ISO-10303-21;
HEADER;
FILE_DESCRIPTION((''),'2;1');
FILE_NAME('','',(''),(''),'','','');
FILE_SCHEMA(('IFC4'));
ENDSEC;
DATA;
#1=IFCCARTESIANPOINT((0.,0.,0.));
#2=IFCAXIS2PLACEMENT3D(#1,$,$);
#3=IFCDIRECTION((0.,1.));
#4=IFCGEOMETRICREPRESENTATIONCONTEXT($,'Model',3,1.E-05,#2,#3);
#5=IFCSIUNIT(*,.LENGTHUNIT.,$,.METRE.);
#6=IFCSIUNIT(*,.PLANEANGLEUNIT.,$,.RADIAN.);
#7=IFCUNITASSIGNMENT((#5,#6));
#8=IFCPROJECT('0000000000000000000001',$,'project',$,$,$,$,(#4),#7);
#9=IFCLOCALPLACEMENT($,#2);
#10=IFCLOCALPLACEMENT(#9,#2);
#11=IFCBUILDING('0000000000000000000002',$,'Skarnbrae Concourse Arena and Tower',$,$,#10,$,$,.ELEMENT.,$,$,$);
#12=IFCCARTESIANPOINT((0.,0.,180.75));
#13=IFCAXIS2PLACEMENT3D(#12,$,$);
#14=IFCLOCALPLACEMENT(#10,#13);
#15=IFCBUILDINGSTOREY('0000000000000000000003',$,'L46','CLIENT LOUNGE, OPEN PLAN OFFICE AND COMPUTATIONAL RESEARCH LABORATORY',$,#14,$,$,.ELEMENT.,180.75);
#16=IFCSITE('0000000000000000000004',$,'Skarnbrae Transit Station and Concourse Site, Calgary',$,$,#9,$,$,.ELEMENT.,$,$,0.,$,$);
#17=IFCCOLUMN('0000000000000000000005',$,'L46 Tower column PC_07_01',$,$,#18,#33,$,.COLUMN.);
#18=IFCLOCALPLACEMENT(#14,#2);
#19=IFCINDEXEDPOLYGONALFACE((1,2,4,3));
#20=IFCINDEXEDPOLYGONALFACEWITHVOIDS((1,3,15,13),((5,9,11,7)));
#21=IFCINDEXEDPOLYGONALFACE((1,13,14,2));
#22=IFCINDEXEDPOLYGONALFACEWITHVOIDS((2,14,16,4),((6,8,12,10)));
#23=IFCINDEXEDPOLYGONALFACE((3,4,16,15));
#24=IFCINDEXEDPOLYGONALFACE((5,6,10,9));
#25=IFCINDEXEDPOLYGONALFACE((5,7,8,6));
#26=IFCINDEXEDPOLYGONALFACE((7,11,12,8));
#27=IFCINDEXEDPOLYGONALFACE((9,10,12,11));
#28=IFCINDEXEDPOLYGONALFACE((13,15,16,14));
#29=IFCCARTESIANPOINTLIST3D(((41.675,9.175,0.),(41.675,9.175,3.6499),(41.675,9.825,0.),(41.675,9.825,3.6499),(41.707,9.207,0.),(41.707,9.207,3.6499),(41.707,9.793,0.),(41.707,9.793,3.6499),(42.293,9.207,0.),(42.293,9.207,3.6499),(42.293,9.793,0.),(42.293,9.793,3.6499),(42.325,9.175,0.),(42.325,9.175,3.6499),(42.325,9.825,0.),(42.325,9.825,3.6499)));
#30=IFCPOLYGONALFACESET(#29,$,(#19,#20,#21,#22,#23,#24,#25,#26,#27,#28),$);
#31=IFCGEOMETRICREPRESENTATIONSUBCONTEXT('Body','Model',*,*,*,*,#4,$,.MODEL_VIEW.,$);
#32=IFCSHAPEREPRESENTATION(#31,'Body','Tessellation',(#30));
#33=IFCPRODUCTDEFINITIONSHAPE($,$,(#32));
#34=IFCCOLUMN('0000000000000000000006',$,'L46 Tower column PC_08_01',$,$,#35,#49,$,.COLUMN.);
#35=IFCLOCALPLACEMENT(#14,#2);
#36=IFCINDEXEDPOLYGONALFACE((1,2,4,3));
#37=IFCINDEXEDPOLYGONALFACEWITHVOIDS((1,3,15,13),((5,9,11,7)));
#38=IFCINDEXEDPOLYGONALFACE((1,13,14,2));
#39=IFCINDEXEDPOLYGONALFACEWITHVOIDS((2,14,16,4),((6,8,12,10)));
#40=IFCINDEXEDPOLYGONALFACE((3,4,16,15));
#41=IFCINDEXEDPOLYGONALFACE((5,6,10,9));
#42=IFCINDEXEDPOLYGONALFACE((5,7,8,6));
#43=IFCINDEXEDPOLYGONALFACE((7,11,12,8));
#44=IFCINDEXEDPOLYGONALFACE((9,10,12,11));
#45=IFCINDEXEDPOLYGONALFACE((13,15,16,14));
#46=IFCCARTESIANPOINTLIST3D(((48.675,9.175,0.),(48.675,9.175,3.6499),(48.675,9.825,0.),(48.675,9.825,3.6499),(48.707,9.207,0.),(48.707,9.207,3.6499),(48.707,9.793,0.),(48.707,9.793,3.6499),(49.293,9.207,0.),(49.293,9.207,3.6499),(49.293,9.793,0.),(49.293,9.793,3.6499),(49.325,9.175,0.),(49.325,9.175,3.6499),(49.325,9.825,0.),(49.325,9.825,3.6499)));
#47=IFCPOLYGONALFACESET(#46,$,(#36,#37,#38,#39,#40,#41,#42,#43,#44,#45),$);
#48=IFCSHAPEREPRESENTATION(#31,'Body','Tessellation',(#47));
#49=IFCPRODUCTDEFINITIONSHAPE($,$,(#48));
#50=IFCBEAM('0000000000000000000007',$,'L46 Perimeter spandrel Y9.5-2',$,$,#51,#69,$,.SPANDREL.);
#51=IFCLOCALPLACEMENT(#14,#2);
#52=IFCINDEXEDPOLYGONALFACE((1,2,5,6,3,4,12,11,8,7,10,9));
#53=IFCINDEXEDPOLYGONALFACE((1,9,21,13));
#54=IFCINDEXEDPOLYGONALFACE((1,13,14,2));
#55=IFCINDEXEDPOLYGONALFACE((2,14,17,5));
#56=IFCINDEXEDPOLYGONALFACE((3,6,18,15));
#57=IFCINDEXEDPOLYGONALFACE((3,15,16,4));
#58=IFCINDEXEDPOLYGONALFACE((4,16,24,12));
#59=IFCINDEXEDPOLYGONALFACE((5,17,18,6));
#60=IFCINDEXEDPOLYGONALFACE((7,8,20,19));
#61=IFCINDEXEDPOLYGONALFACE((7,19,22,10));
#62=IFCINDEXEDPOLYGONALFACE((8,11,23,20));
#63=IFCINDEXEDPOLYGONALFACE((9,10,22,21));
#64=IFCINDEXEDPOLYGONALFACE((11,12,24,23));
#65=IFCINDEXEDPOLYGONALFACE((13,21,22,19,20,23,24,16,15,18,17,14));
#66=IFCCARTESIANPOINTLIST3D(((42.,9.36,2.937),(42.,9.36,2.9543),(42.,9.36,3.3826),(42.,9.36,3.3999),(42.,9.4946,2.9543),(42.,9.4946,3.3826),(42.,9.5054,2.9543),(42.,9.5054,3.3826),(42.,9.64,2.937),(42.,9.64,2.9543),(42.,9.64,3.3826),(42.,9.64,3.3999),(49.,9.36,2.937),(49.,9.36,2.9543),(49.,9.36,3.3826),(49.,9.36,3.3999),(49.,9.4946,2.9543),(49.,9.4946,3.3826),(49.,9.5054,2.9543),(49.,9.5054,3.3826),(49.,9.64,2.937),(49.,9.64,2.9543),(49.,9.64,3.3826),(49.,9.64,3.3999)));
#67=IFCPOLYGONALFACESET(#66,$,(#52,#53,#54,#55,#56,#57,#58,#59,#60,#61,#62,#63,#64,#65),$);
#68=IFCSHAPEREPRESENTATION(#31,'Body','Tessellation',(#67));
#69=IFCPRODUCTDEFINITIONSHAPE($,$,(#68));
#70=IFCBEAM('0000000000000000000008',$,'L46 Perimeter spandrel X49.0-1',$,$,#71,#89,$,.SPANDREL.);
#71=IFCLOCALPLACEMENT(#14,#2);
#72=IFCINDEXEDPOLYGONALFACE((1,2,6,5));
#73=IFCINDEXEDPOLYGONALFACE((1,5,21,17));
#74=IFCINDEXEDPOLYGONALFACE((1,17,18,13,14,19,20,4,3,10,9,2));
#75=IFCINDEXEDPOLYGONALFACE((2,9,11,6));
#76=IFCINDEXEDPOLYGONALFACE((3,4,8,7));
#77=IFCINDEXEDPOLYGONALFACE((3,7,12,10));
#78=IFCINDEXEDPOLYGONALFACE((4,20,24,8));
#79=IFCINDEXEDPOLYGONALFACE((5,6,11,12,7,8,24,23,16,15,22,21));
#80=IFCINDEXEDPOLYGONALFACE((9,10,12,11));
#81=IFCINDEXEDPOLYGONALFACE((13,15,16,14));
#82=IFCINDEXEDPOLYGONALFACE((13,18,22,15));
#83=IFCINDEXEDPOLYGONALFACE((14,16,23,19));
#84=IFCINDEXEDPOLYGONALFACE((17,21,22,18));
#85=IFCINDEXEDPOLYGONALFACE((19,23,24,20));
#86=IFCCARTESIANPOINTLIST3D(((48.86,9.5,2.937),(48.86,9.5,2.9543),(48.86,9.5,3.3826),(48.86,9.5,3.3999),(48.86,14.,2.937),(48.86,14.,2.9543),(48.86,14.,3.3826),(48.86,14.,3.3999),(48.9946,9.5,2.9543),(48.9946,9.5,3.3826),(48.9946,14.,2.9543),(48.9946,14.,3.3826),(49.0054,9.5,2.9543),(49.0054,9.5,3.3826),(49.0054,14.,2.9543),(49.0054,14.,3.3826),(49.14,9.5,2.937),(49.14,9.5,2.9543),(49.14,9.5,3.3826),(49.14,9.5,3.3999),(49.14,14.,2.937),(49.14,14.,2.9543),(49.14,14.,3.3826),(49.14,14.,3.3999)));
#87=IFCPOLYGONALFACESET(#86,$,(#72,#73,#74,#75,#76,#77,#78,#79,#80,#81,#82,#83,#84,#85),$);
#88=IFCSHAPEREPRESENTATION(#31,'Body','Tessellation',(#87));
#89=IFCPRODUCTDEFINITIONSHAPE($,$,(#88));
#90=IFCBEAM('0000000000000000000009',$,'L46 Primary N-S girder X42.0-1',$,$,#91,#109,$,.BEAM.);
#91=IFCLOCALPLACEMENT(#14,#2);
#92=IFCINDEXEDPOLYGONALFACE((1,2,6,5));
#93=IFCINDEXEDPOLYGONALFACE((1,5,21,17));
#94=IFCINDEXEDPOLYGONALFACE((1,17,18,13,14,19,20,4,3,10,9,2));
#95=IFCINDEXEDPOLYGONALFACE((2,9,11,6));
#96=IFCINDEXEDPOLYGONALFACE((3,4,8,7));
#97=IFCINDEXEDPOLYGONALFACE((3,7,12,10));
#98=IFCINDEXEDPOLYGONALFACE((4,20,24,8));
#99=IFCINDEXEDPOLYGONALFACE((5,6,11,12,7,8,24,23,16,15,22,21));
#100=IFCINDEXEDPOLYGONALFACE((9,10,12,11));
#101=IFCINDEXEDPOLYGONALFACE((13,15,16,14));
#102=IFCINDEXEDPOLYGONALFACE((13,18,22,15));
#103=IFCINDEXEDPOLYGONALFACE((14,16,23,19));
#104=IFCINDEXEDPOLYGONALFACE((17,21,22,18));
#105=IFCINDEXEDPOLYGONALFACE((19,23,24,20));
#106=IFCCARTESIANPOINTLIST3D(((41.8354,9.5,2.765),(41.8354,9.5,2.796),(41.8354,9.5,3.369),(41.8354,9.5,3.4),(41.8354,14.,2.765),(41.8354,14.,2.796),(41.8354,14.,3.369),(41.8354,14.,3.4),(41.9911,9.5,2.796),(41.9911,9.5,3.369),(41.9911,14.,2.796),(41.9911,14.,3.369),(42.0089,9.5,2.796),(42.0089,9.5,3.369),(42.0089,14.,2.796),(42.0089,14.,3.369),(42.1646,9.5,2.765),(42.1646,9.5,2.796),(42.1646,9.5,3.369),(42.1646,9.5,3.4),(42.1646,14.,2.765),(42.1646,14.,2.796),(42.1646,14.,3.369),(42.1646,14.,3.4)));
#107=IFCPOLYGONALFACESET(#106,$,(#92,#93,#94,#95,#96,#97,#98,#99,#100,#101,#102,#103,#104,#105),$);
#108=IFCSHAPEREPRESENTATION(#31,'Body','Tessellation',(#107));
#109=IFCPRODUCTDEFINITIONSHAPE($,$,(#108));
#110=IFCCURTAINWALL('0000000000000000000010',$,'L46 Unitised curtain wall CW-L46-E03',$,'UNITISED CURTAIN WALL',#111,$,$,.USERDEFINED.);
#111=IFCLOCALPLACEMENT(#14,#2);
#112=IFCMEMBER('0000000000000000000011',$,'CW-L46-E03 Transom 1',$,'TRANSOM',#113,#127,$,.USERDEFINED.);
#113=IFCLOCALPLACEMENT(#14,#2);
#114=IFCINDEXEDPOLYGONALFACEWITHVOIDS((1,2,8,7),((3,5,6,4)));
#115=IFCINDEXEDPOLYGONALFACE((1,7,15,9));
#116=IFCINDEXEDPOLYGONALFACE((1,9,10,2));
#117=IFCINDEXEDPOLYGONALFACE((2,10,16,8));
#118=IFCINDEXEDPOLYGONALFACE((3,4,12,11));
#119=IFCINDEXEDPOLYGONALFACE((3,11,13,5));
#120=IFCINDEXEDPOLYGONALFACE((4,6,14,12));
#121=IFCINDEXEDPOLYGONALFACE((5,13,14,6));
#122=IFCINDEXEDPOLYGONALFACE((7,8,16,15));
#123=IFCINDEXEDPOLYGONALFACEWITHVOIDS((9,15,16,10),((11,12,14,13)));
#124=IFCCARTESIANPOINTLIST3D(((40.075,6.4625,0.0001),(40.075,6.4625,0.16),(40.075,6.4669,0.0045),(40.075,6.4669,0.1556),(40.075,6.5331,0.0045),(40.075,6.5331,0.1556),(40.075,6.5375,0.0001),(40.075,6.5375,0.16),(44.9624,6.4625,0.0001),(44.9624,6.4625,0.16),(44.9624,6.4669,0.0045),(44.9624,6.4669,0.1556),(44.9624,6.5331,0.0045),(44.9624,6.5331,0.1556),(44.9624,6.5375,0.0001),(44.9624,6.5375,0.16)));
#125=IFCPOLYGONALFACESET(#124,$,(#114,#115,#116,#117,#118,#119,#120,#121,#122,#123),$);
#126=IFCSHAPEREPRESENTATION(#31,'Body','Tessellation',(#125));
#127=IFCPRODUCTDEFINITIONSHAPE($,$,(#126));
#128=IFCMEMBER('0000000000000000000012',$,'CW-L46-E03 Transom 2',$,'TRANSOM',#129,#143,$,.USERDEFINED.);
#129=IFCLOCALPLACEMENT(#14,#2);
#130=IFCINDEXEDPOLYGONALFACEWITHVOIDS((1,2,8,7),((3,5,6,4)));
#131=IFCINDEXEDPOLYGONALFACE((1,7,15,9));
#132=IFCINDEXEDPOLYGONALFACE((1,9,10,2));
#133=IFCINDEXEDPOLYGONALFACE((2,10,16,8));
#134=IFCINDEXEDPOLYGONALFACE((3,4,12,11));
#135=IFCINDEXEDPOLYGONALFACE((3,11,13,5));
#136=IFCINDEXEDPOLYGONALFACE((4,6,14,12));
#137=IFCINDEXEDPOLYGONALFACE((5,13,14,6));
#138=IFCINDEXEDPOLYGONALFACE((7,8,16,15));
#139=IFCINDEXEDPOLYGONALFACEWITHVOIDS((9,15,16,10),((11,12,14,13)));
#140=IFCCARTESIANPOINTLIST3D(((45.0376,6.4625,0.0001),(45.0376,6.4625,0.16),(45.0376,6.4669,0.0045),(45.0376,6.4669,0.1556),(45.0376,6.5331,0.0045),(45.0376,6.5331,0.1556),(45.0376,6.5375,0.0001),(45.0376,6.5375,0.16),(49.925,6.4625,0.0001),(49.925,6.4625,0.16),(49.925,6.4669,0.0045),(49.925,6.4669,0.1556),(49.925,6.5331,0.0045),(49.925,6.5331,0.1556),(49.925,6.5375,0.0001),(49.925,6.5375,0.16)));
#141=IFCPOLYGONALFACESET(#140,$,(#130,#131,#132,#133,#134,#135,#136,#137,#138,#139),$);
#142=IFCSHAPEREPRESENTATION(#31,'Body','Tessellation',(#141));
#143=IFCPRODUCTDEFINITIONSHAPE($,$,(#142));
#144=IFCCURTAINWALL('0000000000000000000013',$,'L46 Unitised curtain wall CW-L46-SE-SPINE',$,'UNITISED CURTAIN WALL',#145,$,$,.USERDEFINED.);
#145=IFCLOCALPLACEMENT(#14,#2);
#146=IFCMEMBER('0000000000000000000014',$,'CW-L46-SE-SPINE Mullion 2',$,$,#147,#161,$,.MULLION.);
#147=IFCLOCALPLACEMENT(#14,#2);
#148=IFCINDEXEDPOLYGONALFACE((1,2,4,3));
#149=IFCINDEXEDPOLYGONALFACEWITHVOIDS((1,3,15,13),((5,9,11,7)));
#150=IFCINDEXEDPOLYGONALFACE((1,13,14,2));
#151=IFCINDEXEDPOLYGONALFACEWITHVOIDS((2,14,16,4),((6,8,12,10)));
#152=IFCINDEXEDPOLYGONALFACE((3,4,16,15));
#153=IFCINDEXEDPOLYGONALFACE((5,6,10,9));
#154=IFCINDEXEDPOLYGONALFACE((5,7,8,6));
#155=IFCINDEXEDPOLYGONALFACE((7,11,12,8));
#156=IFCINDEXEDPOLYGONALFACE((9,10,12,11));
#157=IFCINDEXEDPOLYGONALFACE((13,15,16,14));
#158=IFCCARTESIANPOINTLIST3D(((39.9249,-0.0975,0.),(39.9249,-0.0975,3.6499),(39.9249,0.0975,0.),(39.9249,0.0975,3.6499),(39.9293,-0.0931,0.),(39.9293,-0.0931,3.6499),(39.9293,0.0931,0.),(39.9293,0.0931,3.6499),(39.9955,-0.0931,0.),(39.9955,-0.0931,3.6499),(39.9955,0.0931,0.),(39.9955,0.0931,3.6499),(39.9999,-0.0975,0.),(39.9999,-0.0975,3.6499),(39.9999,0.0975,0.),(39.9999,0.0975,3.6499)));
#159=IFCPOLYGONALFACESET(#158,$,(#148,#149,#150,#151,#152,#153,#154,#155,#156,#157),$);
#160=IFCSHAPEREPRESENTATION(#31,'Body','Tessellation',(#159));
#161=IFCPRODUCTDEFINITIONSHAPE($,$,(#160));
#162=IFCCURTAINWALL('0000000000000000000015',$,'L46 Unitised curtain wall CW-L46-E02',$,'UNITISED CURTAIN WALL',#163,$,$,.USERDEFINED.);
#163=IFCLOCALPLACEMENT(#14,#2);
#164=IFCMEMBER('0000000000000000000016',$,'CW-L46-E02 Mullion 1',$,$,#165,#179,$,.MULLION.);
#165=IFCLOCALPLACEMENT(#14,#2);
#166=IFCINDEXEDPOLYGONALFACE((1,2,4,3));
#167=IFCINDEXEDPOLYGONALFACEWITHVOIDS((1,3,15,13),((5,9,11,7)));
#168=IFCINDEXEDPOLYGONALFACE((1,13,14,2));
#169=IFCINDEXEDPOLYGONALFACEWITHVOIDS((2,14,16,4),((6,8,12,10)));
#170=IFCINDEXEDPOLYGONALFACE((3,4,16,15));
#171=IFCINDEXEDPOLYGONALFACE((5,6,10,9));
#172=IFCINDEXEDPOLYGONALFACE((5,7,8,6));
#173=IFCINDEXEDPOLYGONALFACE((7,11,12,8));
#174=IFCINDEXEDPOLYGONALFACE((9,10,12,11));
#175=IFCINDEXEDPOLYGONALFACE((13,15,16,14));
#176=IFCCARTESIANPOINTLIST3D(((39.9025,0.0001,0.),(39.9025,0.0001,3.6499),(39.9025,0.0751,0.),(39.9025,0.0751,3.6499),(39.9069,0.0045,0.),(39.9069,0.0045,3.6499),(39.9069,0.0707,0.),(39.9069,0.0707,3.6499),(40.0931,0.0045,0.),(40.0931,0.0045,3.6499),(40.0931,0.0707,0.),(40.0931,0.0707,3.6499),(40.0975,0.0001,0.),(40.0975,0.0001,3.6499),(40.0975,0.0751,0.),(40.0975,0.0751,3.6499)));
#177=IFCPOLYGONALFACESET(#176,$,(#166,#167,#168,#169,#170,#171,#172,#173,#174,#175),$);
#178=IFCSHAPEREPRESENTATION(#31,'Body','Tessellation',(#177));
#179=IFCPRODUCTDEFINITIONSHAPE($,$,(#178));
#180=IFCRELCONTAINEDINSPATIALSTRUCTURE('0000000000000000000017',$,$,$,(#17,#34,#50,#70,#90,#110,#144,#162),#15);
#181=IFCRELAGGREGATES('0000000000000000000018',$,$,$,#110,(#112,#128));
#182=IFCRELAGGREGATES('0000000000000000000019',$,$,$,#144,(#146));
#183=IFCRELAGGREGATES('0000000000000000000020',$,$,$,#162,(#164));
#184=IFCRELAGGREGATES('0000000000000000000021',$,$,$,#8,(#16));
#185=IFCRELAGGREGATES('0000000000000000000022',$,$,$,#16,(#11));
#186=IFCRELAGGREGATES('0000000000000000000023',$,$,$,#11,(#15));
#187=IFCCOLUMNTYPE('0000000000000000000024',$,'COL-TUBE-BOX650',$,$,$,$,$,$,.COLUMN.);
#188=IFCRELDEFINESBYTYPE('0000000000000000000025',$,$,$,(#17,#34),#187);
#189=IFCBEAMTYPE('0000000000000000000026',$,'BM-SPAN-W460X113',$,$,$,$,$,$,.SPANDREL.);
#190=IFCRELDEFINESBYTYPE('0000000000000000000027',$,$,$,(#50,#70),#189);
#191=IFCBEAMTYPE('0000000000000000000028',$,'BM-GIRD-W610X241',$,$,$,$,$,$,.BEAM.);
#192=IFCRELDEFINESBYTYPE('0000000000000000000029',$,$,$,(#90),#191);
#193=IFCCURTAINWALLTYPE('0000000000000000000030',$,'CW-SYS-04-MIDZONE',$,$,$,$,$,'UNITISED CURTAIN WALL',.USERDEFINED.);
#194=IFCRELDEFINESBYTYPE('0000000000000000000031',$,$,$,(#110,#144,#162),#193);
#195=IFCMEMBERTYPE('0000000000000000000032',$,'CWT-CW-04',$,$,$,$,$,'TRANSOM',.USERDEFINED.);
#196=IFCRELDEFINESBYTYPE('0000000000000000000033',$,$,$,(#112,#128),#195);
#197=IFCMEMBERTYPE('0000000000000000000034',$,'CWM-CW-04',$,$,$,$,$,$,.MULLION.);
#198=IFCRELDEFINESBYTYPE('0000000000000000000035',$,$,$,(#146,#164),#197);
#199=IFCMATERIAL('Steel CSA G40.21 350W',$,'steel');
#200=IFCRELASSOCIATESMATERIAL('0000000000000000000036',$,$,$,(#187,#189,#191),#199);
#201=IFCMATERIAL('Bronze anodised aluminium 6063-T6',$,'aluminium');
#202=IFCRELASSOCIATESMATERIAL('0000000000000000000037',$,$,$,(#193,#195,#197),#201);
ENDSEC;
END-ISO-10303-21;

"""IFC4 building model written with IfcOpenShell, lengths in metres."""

from ifc_helpers import new_model, si_unit, direction, frame, origin, origin_2d, place, context, subcontext, project, spatial, hollow_rectangle, i_section, extrude, source, transform, mapped, material, material_profile, profile_set, type_object, element, aggregate, save


model = new_model("IFC4")

# Units and contexts
model_context = context("Model", 3, precision=1e-05, world=origin(), true_north=direction((0.0, 1.0)))
body_context = subcontext(model_context, "Body", "Model", "MODEL_VIEW")
ifc_project = project(units=[si_unit("LENGTHUNIT", "METRE"), si_unit("PLANEANGLEUNIT", "RADIAN")], contexts=[model_context])

# Site, building, storey
site_placement = place(None, origin())
site = spatial("IfcSite", under=ifc_project, at=site_placement, Name="Skarnbrae Transit Station and Concourse Site, Calgary", CompositionType="ELEMENT", RefElevation=0.0)
building_placement = place(site_placement, origin())
building = spatial("IfcBuilding", under=site, at=building_placement, Name="Skarnbrae Concourse Arena and Tower", CompositionType="ELEMENT")
storey_placement = place(building_placement, frame((0.0, 0.0, 180.75)))
storey = spatial("IfcBuildingStorey", under=building, at=storey_placement, Name="L46", Description="CLIENT LOUNGE, OPEN PLAN OFFICE AND COMPUTATIONAL RESEARCH LABORATORY", CompositionType="ELEMENT", Elevation=180.75)

# Columns
ifc_material_1 = material(Name="Steel CSA G40.21 350W", Category="steel")
ifc_material_profile_1 = material_profile(ifc_material_1, hollow_rectangle(XDim=0.6499, YDim=0.6499, WallThickness=0.032, at=origin_2d()), Name="BOX650X650X32")
ifc_profile_set_1 = profile_set([ifc_material_profile_1], Name="Steel CSA G40.21 350W")
column_type = type_object("IfcColumnType", Name="COL-TUBE-BOX650", PredefinedType="COLUMN", material=ifc_profile_set_1)
shared_shape_1 = source(origin(), body_context, "Body", "SweptSolid", [
    extrude(hollow_rectangle(XDim=0.6499, YDim=0.6499, WallThickness=0.032, at=origin_2d()), origin(), (0.0, 0.0, 1.0), 3.6499),
])
for number, where, z_axis, x_axis, name in (
    (1, (42.0, 9.5, 0.0), (0.0, 0.0, 1.0), (1.0, 0.0, 0.0), "L46 Tower column PC_07_01"),
    (2, (49.0, 9.5, 0.0), (0.0, 0.0, 1.0), (1.0, 0.0, 0.0), "L46 Tower column PC_08_01"),
):
    element("IfcColumn", number, at=place(storey_placement, frame(where, z_axis=z_axis, x_axis=x_axis)), inside=storey, type_object=column_type, Name=name, PredefinedType="COLUMN", context=body_context, shape_type="MappedRepresentation", body=[
        mapped(shared_shape_1, transform((0.0, 0.0, 0.0))),
    ])

# Beams
ifc_material_profile_2 = material_profile(ifc_material_1, i_section(OverallWidth=0.28, OverallDepth=0.4629, WebThickness=0.0107, FlangeThickness=0.0173, at=origin_2d()), Name="W460X113")
ifc_profile_set_2 = profile_set([ifc_material_profile_2], Name="Steel CSA G40.21 350W")
beam_type_1 = type_object("IfcBeamType", Name="BM-SPAN-W460X113", PredefinedType="SPANDREL", material=ifc_profile_set_2)
shared_shape_2 = source(origin(), body_context, "Body", "SweptSolid", [
    extrude(i_section(OverallWidth=0.28, OverallDepth=0.4629, WebThickness=0.0107, FlangeThickness=0.0173, at=origin_2d()), origin(), (0.0, 0.0, 1.0), 7.0),
])
beam_1_placement = place(storey_placement, frame((42.0, 9.5, 3.1685), z_axis=(1.0, 0.0, 0.0), x_axis=(0.0, 1.0, 0.0)))
element("IfcBeam", 3, at=beam_1_placement, inside=storey, type_object=beam_type_1, Name="L46 Perimeter spandrel Y9.5-2", PredefinedType="SPANDREL", context=body_context, shape_type="MappedRepresentation", body=[
    mapped(shared_shape_2, transform((0.0, 0.0, 0.0))),
])
shared_shape_3 = source(origin(), body_context, "Body", "SweptSolid", [
    extrude(i_section(OverallWidth=0.28, OverallDepth=0.4629, WebThickness=0.0107, FlangeThickness=0.0173, at=origin_2d()), origin(), (0.0, 0.0, 1.0), 4.5),
])
beam_2_placement = place(storey_placement, frame((49.0, 9.5, 3.1685), z_axis=(0.0, 1.0, 0.0), x_axis=(-1.0, 0.0, 0.0)))
element("IfcBeam", 4, at=beam_2_placement, inside=storey, type_object=beam_type_1, Name="L46 Perimeter spandrel X49.0-1", PredefinedType="SPANDREL", context=body_context, shape_type="MappedRepresentation", body=[
    mapped(shared_shape_3, transform((0.0, 0.0, 0.0))),
])
ifc_material_profile_3 = material_profile(ifc_material_1, i_section(OverallWidth=0.3291, OverallDepth=0.635, WebThickness=0.0178, FlangeThickness=0.031, at=origin_2d()), Name="W610X241")
ifc_profile_set_3 = profile_set([ifc_material_profile_3], Name="Steel CSA G40.21 350W")
beam_type_2 = type_object("IfcBeamType", Name="BM-GIRD-W610X241", PredefinedType="BEAM", material=ifc_profile_set_3)
shared_shape_4 = source(origin(), body_context, "Body", "SweptSolid", [
    extrude(i_section(OverallWidth=0.3291, OverallDepth=0.635, WebThickness=0.0178, FlangeThickness=0.031, at=origin_2d()), origin(), (0.0, 0.0, 1.0), 4.5),
])
beam_3_placement = place(storey_placement, frame((42.0, 9.5, 3.0825), z_axis=(0.0, 1.0, 0.0), x_axis=(-1.0, 0.0, 0.0)))
element("IfcBeam", 5, at=beam_3_placement, inside=storey, type_object=beam_type_2, Name="L46 Primary N-S girder X42.0-1", PredefinedType="BEAM", context=body_context, shape_type="MappedRepresentation", body=[
    mapped(shared_shape_4, transform((0.0, 0.0, 0.0))),
])

# Curtain wall, members
ifc_material_2 = material(Name="Bronze anodised aluminium 6063-T6", Category="aluminium")
curtain_wall_type = type_object("IfcCurtainWallType", Name="CW-SYS-04-MIDZONE", ElementType="UNITISED CURTAIN WALL", PredefinedType="USERDEFINED", material=ifc_material_2)
curtain_wall_1_placement = place(storey_placement, origin())
curtain_wall_1 = element("IfcCurtainWall", 6, at=curtain_wall_1_placement, inside=storey, type_object=curtain_wall_type, Name="L46 Unitised curtain wall CW-L46-E03", ObjectType="UNITISED CURTAIN WALL", PredefinedType="USERDEFINED")
ifc_material_profile_4 = material_profile(ifc_material_2, hollow_rectangle(XDim=0.075, YDim=0.1599, WallThickness=0.0044, at=origin_2d()), Name="ALU-TRAN-75X160")
ifc_profile_set_4 = profile_set([ifc_material_profile_4], Name="Bronze anodised aluminium 6063-T6")
member_type_1 = type_object("IfcMemberType", Name="CWT-CW-04", ElementType="TRANSOM", PredefinedType="USERDEFINED", material=ifc_profile_set_4)
shared_shape_5 = source(origin(), body_context, "Body", "SweptSolid", [
    extrude(hollow_rectangle(XDim=0.075, YDim=0.1599, WallThickness=0.0044, at=origin_2d()), origin(), (0.0, 0.0, 1.0), 4.8875),
])
member_1_placement = place(storey_placement, frame((40.075, 6.5, 0.0801), z_axis=(1.0, 0.0, 0.0), x_axis=(0.0, 1.0, 0.0)))
member_1 = element("IfcMember", 7, at=member_1_placement, type_object=member_type_1, Name="CW-L46-E03 Transom 1", ObjectType="TRANSOM", PredefinedType="USERDEFINED", context=body_context, shape_type="MappedRepresentation", body=[
    mapped(shared_shape_5, transform((0.0, 0.0, 0.0))),
])
member_2_placement = place(storey_placement, frame((45.0376, 6.5, 0.0801), z_axis=(1.0, 0.0, 0.0), x_axis=(0.0, 1.0, 0.0)))
member_2 = element("IfcMember", 8, at=member_2_placement, type_object=member_type_1, Name="CW-L46-E03 Transom 2", ObjectType="TRANSOM", PredefinedType="USERDEFINED", context=body_context, shape_type="MappedRepresentation", body=[
    mapped(shared_shape_5, transform((0.0, 0.0, 0.0))),
])

# Curtain wall, member
curtain_wall_2_placement = place(storey_placement, origin())
curtain_wall_2 = element("IfcCurtainWall", 9, at=curtain_wall_2_placement, inside=storey, type_object=curtain_wall_type, Name="L46 Unitised curtain wall CW-L46-SE-SPINE", ObjectType="UNITISED CURTAIN WALL", PredefinedType="USERDEFINED")
ifc_material_profile_5 = material_profile(ifc_material_2, hollow_rectangle(XDim=0.075, YDim=0.1951, WallThickness=0.0044, at=origin_2d()), Name="ALU-MULL-75X195")
ifc_profile_set_5 = profile_set([ifc_material_profile_5], Name="Bronze anodised aluminium 6063-T6")
member_type_2 = type_object("IfcMemberType", Name="CWM-CW-04", PredefinedType="MULLION", material=ifc_profile_set_5)
shared_shape_6 = source(origin(), body_context, "Body", "SweptSolid", [
    extrude(hollow_rectangle(XDim=0.075, YDim=0.1951, WallThickness=0.0044, at=origin_2d()), origin(), (0.0, 0.0, 1.0), 3.6499),
])
member_3_placement = place(storey_placement, frame((39.9624, 0.0, 0.0), z_axis=(0.0, 0.0, 1.0), x_axis=(1.0, 0.0, 0.0)))
member_3 = element("IfcMember", 10, at=member_3_placement, type_object=member_type_2, Name="CW-L46-SE-SPINE Mullion 2", PredefinedType="MULLION", context=body_context, shape_type="MappedRepresentation", body=[
    mapped(shared_shape_6, transform((0.0, 0.0, 0.0))),
])

# Curtain wall, member
curtain_wall_3_placement = place(storey_placement, origin())
curtain_wall_3 = element("IfcCurtainWall", 11, at=curtain_wall_3_placement, inside=storey, type_object=curtain_wall_type, Name="L46 Unitised curtain wall CW-L46-E02", ObjectType="UNITISED CURTAIN WALL", PredefinedType="USERDEFINED")
member_4_placement = place(storey_placement, frame((40.0, 0.0376, 0.0), z_axis=(0.0, 0.0, 1.0), x_axis=(0.0, 1.0, 0.0)))
member_4 = element("IfcMember", 12, at=member_4_placement, type_object=member_type_2, Name="CW-L46-E02 Mullion 1", PredefinedType="MULLION", context=body_context, shape_type="MappedRepresentation", body=[
    mapped(shared_shape_6, transform((0.0, 0.0, 0.0))),
])

aggregate(curtain_wall_1, [member_1, member_2])
aggregate(curtain_wall_2, [member_3])
aggregate(curtain_wall_3, [member_4])

save(model, "model.ifc")
